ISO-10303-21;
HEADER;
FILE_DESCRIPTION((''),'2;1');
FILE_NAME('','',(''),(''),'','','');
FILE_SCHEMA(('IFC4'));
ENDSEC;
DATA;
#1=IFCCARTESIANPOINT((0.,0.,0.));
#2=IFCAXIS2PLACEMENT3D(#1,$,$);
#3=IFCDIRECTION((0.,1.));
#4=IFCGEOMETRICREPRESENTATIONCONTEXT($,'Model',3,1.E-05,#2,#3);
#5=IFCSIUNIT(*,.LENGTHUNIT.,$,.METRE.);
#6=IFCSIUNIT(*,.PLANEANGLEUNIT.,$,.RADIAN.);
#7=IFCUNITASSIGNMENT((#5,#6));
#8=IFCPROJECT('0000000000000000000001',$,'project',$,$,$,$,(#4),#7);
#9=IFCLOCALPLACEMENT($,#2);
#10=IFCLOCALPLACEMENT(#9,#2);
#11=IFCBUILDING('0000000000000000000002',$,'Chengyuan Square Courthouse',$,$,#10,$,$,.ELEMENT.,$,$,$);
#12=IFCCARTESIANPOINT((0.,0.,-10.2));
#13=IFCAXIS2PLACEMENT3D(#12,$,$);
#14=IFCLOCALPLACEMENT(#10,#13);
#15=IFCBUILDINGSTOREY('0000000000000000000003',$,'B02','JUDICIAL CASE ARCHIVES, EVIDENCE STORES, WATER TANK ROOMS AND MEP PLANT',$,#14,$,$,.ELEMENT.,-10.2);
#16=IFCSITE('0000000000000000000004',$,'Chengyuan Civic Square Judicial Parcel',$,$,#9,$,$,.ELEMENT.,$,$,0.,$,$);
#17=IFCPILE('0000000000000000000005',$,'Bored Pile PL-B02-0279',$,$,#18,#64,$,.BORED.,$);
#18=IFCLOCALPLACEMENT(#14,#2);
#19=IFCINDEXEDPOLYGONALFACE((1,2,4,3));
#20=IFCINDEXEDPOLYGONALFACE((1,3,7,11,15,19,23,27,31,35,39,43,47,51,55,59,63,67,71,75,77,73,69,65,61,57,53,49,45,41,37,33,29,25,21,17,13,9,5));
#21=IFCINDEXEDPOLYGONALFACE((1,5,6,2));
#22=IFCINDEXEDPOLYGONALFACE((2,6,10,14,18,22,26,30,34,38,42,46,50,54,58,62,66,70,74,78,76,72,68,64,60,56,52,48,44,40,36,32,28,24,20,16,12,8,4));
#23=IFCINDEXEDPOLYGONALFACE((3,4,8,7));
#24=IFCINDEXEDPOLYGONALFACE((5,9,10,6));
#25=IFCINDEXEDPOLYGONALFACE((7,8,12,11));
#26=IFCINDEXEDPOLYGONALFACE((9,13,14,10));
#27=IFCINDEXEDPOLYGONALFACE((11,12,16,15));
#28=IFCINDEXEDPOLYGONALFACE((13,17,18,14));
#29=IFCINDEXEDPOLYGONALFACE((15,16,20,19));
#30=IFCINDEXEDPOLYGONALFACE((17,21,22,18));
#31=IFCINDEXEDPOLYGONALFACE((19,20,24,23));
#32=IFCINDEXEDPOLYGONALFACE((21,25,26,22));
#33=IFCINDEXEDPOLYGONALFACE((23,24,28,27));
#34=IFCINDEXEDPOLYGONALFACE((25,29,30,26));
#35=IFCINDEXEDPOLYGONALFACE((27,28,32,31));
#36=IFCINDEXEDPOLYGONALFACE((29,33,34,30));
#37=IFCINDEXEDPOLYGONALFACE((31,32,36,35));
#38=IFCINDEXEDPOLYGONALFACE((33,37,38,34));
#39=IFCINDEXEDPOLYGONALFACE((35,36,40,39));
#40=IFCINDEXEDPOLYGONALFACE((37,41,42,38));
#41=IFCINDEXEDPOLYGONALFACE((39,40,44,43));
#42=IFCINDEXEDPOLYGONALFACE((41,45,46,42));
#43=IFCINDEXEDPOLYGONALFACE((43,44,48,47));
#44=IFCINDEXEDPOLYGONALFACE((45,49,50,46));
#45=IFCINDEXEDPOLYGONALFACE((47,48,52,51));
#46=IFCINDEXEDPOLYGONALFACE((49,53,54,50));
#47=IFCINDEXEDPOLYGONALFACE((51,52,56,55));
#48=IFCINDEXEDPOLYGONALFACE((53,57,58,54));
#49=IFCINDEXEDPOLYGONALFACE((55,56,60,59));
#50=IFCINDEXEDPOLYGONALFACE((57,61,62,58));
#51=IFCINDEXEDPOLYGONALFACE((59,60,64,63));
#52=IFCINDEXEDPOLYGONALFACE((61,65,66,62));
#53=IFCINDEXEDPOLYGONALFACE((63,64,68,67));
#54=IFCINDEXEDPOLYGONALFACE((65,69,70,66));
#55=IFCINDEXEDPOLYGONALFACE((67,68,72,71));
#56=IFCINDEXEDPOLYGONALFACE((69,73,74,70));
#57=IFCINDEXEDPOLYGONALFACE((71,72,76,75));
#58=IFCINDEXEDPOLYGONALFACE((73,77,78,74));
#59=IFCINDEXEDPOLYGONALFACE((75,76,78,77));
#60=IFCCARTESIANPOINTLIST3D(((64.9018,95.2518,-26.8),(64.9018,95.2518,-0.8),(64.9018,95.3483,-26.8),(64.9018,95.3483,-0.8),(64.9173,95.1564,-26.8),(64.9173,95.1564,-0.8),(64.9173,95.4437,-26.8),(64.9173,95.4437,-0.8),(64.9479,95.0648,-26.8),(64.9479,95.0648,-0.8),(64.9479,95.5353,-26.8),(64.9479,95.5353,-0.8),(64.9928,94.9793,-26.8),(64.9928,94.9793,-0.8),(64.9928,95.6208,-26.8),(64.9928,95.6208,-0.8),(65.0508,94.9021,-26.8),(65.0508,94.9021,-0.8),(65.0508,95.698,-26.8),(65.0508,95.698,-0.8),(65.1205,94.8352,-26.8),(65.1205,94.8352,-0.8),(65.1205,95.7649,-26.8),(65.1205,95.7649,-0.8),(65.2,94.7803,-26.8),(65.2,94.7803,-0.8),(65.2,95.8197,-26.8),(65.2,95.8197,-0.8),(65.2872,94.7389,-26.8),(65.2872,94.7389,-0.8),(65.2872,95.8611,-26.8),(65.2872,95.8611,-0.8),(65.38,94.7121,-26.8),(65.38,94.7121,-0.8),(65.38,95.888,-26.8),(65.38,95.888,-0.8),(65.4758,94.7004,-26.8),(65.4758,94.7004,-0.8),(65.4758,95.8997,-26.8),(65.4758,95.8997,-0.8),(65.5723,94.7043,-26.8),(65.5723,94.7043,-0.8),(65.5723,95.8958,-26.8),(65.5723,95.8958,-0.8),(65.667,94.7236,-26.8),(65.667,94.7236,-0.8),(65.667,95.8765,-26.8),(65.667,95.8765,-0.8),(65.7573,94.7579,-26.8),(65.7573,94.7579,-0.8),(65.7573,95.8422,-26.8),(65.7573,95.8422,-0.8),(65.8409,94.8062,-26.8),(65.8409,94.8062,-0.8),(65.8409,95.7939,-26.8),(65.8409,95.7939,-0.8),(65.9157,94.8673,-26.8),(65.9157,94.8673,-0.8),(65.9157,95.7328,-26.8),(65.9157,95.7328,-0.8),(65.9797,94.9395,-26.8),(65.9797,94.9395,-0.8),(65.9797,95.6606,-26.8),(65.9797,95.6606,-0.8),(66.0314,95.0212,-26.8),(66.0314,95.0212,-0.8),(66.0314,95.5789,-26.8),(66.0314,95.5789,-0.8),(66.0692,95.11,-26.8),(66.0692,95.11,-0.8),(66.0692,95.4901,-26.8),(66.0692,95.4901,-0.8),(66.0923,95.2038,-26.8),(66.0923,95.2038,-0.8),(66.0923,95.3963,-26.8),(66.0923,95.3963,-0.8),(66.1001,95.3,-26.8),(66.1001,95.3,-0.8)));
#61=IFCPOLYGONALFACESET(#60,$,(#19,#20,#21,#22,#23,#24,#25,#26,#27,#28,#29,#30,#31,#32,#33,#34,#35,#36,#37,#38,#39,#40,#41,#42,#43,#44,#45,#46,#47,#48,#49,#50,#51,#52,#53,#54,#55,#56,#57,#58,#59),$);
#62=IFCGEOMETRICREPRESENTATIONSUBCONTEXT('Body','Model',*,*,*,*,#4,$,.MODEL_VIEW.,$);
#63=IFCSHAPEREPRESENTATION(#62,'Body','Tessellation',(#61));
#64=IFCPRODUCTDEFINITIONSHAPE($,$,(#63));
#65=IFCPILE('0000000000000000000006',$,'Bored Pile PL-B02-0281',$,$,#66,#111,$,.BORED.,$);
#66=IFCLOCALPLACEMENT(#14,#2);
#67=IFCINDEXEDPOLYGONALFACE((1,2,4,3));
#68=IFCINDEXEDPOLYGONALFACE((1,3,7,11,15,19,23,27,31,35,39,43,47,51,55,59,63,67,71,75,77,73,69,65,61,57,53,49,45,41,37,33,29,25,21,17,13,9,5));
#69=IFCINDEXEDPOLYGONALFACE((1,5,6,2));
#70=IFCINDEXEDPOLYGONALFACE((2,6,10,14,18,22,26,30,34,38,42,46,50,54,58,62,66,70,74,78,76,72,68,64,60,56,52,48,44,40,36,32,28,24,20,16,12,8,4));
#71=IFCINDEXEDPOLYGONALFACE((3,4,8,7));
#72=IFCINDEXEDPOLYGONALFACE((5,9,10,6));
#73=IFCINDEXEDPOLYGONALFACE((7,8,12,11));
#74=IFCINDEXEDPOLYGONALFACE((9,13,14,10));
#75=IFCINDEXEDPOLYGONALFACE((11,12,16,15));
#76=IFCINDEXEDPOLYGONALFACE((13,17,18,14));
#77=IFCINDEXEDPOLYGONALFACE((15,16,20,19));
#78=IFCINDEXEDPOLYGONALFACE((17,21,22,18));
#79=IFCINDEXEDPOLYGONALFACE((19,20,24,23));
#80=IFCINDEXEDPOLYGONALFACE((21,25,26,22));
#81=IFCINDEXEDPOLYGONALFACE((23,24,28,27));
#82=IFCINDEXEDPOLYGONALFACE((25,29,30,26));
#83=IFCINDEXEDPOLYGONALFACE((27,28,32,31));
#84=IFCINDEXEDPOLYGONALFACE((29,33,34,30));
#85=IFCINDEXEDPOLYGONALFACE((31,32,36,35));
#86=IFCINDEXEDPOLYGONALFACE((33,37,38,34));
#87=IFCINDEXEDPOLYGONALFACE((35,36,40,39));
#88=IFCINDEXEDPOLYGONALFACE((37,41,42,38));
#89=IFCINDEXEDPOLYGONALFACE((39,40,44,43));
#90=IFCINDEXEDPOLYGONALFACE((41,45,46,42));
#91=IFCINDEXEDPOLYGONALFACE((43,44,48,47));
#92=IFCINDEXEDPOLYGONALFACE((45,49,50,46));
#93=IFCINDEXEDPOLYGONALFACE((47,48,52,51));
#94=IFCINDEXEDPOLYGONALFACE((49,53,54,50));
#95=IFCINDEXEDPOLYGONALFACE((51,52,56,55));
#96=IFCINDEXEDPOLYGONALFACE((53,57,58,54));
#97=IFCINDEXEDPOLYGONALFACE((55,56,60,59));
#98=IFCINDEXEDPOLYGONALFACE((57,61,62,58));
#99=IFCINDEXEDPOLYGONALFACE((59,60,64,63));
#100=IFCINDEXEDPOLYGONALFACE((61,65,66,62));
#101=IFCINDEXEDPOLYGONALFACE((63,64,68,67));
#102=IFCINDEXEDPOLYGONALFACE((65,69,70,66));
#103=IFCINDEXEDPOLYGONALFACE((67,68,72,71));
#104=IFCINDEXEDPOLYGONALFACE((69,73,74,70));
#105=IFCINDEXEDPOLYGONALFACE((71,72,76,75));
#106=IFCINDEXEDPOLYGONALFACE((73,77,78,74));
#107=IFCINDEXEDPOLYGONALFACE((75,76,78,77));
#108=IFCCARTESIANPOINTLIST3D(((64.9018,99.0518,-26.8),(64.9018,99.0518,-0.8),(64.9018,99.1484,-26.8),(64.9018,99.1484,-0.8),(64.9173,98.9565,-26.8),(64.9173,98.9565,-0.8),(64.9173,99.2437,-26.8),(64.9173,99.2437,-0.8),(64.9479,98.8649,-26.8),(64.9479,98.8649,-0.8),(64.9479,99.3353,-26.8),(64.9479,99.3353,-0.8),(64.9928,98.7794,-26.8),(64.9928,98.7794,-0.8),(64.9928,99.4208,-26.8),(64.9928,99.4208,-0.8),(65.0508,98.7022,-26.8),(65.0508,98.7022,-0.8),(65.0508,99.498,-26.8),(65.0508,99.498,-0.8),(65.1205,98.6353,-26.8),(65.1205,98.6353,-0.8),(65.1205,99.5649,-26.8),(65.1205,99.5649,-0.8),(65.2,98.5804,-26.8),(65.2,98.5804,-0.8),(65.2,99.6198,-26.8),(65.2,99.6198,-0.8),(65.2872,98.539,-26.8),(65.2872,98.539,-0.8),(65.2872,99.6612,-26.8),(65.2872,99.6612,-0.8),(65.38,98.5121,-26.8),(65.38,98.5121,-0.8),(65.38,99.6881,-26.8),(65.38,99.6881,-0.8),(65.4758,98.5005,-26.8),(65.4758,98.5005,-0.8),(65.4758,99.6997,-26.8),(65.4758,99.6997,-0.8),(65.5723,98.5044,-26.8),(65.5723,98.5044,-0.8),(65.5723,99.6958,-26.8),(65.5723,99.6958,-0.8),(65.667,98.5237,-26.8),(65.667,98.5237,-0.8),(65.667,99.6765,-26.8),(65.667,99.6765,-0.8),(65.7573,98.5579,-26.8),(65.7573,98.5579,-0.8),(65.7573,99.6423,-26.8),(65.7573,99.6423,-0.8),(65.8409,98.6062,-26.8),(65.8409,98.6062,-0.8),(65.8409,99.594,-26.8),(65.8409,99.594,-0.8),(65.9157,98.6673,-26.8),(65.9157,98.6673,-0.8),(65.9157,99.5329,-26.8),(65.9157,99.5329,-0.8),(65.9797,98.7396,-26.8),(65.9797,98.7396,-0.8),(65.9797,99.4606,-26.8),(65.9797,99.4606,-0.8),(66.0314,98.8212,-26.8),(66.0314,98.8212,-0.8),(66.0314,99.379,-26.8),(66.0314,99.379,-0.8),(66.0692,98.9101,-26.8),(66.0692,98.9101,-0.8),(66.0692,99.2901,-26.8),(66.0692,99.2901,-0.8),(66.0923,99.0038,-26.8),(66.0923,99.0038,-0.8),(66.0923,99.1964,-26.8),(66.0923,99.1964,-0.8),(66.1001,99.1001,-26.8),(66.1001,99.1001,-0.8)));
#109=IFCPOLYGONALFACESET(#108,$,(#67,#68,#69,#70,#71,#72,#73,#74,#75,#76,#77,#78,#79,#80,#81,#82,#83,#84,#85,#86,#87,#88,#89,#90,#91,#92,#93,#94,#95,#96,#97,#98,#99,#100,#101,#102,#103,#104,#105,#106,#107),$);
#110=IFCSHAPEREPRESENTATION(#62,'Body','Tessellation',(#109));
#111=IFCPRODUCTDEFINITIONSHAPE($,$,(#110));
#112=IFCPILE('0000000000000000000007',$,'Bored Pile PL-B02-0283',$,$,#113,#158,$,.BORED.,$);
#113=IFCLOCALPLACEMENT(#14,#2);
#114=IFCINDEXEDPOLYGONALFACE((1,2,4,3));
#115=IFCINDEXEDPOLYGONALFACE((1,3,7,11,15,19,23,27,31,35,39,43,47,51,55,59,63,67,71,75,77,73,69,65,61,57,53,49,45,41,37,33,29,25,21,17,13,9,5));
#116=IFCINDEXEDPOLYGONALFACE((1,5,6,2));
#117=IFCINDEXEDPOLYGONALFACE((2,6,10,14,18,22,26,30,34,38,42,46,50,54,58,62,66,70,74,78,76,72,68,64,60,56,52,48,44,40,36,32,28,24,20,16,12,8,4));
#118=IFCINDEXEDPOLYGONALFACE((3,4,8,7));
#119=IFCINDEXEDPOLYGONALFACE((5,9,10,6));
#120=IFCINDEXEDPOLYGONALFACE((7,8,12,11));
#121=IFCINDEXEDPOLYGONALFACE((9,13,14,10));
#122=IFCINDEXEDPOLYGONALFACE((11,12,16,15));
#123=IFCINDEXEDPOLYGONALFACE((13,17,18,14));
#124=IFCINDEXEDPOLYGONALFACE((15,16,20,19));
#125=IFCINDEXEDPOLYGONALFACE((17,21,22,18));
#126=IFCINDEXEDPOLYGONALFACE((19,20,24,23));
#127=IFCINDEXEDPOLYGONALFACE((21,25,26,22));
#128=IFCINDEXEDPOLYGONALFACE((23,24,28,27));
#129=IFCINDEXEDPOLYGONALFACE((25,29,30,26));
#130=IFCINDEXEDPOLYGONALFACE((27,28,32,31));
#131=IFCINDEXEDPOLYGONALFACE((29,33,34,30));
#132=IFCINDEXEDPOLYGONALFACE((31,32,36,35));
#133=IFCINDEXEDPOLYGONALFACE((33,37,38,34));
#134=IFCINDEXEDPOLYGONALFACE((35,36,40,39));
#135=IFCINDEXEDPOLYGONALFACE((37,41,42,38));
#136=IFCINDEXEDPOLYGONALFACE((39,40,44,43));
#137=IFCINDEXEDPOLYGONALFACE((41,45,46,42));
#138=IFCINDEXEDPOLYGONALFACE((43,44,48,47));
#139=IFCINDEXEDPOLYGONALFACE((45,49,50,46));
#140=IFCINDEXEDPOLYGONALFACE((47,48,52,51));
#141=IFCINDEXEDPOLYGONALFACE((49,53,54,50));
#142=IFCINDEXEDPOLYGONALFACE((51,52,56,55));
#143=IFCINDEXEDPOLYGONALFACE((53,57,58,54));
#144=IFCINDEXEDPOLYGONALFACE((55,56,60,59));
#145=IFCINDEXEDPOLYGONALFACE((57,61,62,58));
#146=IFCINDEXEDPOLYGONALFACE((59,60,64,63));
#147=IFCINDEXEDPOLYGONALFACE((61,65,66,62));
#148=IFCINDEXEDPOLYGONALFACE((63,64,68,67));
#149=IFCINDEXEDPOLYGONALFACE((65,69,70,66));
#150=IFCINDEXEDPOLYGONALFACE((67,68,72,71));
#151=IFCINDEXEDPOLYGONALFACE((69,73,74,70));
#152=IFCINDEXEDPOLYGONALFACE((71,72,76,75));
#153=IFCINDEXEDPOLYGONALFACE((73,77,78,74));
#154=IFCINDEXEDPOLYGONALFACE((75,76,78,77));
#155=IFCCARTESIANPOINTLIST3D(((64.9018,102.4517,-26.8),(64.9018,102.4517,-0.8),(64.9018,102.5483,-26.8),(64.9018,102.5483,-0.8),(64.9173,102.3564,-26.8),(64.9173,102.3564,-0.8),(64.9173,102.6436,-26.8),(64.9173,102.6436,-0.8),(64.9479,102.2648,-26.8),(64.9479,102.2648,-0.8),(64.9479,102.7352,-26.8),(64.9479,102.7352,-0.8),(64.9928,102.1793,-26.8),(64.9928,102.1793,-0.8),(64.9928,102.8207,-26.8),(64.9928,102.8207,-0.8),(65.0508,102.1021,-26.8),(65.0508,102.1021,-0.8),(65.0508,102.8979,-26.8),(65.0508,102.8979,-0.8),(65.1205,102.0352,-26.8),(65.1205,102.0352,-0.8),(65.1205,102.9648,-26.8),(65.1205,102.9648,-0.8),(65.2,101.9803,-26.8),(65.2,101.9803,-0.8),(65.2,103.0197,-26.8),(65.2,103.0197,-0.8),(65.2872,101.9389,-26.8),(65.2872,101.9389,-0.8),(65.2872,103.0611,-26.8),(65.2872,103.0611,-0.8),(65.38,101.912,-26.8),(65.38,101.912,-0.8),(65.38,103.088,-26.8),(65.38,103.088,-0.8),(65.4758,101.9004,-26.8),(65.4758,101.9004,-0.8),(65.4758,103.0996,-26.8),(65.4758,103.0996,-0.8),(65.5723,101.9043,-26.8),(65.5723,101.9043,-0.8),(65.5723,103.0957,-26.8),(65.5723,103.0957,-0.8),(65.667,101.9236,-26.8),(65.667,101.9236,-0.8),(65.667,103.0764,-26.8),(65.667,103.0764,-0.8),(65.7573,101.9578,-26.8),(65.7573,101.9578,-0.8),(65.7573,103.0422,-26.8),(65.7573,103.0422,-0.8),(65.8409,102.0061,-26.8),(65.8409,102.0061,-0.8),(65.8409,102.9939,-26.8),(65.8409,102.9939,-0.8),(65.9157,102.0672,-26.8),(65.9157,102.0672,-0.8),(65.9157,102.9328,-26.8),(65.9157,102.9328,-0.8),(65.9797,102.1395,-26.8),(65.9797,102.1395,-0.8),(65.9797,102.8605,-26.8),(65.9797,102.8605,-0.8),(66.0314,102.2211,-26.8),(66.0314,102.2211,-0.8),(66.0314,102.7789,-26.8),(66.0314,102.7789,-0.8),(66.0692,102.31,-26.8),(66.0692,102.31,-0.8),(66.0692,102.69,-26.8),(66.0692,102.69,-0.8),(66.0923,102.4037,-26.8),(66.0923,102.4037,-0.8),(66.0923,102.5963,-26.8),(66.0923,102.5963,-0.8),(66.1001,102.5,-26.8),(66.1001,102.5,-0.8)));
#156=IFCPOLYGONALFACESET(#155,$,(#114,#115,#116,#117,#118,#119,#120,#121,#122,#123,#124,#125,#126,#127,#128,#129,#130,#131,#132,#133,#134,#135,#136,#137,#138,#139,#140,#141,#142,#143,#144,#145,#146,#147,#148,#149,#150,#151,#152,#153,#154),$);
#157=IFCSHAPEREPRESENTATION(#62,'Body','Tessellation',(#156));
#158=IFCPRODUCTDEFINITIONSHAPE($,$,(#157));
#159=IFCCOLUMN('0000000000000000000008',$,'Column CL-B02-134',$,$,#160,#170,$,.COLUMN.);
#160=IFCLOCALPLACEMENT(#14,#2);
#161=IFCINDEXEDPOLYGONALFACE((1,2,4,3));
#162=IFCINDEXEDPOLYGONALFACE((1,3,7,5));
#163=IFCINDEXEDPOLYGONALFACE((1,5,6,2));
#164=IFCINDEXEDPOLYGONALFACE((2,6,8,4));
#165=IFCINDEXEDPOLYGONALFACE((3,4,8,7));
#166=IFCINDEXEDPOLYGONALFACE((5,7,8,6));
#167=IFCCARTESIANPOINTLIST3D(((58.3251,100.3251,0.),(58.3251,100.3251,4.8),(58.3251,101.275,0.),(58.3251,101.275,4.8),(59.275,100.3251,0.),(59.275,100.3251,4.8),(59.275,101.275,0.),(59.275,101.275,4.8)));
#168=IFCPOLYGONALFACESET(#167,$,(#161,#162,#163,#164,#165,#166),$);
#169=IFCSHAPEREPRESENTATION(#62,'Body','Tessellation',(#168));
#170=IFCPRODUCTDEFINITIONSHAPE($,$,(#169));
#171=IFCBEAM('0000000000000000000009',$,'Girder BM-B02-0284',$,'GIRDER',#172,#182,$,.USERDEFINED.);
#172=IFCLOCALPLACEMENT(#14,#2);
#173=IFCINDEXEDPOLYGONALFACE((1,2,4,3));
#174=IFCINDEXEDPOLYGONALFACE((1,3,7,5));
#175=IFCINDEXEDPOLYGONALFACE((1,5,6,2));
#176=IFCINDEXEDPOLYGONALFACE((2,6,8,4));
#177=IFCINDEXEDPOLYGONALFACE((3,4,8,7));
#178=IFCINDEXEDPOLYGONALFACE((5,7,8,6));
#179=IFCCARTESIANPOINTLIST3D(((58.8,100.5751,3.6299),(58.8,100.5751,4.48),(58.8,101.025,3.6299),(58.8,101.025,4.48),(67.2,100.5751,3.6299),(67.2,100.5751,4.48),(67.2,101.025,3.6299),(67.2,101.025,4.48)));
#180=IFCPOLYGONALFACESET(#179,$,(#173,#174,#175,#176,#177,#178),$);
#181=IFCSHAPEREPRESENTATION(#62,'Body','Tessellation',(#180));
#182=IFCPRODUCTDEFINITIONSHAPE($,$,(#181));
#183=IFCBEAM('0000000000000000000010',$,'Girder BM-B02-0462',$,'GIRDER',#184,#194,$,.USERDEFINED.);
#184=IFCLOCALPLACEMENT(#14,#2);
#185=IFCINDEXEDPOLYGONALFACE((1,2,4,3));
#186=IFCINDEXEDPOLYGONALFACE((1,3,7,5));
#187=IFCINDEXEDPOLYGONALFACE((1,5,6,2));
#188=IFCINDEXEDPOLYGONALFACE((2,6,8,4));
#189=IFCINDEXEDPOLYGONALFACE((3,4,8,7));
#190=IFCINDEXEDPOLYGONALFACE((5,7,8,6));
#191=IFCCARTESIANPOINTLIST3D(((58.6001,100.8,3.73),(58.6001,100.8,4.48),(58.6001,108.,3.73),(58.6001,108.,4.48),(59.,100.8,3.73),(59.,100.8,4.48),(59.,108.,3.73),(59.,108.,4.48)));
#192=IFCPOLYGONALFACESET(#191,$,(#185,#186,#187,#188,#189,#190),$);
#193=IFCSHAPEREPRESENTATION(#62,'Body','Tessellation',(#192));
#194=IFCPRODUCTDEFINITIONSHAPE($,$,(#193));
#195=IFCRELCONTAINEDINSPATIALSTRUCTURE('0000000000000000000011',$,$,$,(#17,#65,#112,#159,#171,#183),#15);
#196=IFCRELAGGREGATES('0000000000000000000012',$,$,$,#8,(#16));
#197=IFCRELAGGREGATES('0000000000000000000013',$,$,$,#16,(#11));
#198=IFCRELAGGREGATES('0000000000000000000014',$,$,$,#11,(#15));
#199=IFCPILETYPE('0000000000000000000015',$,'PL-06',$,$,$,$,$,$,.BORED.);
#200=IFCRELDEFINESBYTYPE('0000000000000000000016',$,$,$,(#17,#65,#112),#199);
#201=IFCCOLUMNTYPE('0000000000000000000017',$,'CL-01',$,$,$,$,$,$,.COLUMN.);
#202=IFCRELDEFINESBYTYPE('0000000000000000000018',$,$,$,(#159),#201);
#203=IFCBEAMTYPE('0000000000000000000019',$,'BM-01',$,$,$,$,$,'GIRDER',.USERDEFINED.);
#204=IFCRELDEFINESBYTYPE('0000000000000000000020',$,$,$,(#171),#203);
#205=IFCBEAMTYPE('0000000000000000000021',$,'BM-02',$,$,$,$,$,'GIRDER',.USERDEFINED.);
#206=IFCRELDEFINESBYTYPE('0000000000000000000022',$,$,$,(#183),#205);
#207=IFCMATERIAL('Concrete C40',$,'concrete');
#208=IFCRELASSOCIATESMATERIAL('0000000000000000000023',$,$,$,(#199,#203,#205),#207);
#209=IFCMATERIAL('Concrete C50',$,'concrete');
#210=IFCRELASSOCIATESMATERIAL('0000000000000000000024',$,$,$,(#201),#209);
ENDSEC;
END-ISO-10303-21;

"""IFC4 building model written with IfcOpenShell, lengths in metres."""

from ifc_helpers import new_model, si_unit, direction, frame, origin, origin_2d, place, context, subcontext, project, spatial, rectangle, circle, extrude, material, material_profile, profile_set, type_object, element, save


model = new_model("IFC4")

# Units and contexts
model_context = context("Model", 3, precision=1e-05, world=origin(), true_north=direction((0.0, 1.0)))
body_context = subcontext(model_context, "Body", "Model", "MODEL_VIEW")
ifc_project = project(units=[si_unit("LENGTHUNIT", "METRE"), si_unit("PLANEANGLEUNIT", "RADIAN")], contexts=[model_context])

# Site, building, storey
site_placement = place(None, origin())
site = spatial("IfcSite", under=ifc_project, at=site_placement, Name="Chengyuan Civic Square Judicial Parcel", CompositionType="ELEMENT", RefElevation=0.0)
building_placement = place(site_placement, origin())
building = spatial("IfcBuilding", under=site, at=building_placement, Name="Chengyuan Square Courthouse", CompositionType="ELEMENT")
storey_placement = place(building_placement, frame((0.0, 0.0, -10.2)))
storey = spatial("IfcBuildingStorey", under=building, at=storey_placement, Name="B02", Description="JUDICIAL CASE ARCHIVES, EVIDENCE STORES, WATER TANK ROOMS AND MEP PLANT", CompositionType="ELEMENT", Elevation=-10.2)

# Shared definitions
ifc_material_1 = material(Name="Concrete C40", Category="concrete")

# Piles
ifc_material_profile_1 = material_profile(ifc_material_1, circle(Radius=0.6001, at=origin_2d()), Name="BORED PILE D1200")
ifc_profile_set_1 = profile_set([ifc_material_profile_1], Name="Concrete C40")
pile_type_1 = type_object("IfcPileType", Name="PL-06", PredefinedType="BORED", material=ifc_profile_set_1)
for number, where, z_axis, x_axis, name in (
    (1, (65.5, 95.3, -0.8), (0.0, 0.0, -1.0), (1.0, 0.0, 0.0), "Bored Pile PL-B02-0279"),
    (2, (65.5, 99.1001, -0.8), (0.0, 0.0, -1.0), (1.0, 0.0, 0.0), "Bored Pile PL-B02-0281"),
    (3, (65.5, 102.5, -0.8), (0.0, 0.0, -1.0), (1.0, 0.0, 0.0), "Bored Pile PL-B02-0283"),
):
    element("IfcPile", number, at=place(storey_placement, frame(where, z_axis=z_axis, x_axis=x_axis)), inside=storey, type_object=pile_type_1, Name=name, PredefinedType="BORED", context=body_context, shape_type="SweptSolid", body=[
        extrude(circle(Radius=0.6001, at=origin_2d()), origin(), (0.0, 0.0, 1.0), 26.0),
    ])

# Column
ifc_material_2 = material(Name="Concrete C50", Category="concrete")
ifc_material_profile_2 = material_profile(ifc_material_2, rectangle(XDim=0.95, YDim=0.95, at=origin_2d()), Name="RC-COL-950x950")
ifc_profile_set_2 = profile_set([ifc_material_profile_2], Name="Concrete C50")
column_type = type_object("IfcColumnType", Name="CL-01", PredefinedType="COLUMN", material=ifc_profile_set_2)
column_placement = place(storey_placement, frame((58.8, 100.8, 0.0), z_axis=(0.0, 0.0, 1.0), x_axis=(1.0, 0.0, 0.0)))
element("IfcColumn", 4, at=column_placement, inside=storey, type_object=column_type, Name="Column CL-B02-134", PredefinedType="COLUMN", context=body_context, shape_type="SweptSolid", body=[
    extrude(rectangle(XDim=0.95, YDim=0.95, at=origin_2d()), origin(), (0.0, 0.0, 1.0), 4.8),
])

# Beams
ifc_material_profile_3 = material_profile(ifc_material_1, rectangle(XDim=0.45, YDim=0.8501, at=origin_2d()), Name="RC-BM-450x850")
ifc_profile_set_3 = profile_set([ifc_material_profile_3], Name="Concrete C40")
beam_type_1 = type_object("IfcBeamType", Name="BM-01", ElementType="GIRDER", PredefinedType="USERDEFINED", material=ifc_profile_set_3)
beam_1_placement = place(storey_placement, frame((58.8, 100.8, 4.0549), z_axis=(1.0, 0.0, 0.0), x_axis=(0.0, 1.0, 0.0)))
element("IfcBeam", 5, at=beam_1_placement, inside=storey, type_object=beam_type_1, Name="Girder BM-B02-0284", ObjectType="GIRDER", PredefinedType="USERDEFINED", context=body_context, shape_type="SweptSolid", body=[
    extrude(rectangle(XDim=0.45, YDim=0.8501, at=origin_2d()), origin(), (0.0, 0.0, 1.0), 8.3999),
])
ifc_material_profile_4 = material_profile(ifc_material_1, rectangle(XDim=0.3999, YDim=0.75, at=origin_2d()), Name="RC-BM-400x750")
ifc_profile_set_4 = profile_set([ifc_material_profile_4], Name="Concrete C40")
beam_type_2 = type_object("IfcBeamType", Name="BM-02", ElementType="GIRDER", PredefinedType="USERDEFINED", material=ifc_profile_set_4)
beam_2_placement = place(storey_placement, frame((58.8, 100.8, 4.105), z_axis=(0.0, 1.0, 0.0), x_axis=(-1.0, 0.0, 0.0)))
element("IfcBeam", 6, at=beam_2_placement, inside=storey, type_object=beam_type_2, Name="Girder BM-B02-0462", ObjectType="GIRDER", PredefinedType="USERDEFINED", context=body_context, shape_type="SweptSolid", body=[
    extrude(rectangle(XDim=0.3999, YDim=0.75, at=origin_2d()), origin(), (0.0, 0.0, 1.0), 7.2),
])

save(model, "model.ifc")
